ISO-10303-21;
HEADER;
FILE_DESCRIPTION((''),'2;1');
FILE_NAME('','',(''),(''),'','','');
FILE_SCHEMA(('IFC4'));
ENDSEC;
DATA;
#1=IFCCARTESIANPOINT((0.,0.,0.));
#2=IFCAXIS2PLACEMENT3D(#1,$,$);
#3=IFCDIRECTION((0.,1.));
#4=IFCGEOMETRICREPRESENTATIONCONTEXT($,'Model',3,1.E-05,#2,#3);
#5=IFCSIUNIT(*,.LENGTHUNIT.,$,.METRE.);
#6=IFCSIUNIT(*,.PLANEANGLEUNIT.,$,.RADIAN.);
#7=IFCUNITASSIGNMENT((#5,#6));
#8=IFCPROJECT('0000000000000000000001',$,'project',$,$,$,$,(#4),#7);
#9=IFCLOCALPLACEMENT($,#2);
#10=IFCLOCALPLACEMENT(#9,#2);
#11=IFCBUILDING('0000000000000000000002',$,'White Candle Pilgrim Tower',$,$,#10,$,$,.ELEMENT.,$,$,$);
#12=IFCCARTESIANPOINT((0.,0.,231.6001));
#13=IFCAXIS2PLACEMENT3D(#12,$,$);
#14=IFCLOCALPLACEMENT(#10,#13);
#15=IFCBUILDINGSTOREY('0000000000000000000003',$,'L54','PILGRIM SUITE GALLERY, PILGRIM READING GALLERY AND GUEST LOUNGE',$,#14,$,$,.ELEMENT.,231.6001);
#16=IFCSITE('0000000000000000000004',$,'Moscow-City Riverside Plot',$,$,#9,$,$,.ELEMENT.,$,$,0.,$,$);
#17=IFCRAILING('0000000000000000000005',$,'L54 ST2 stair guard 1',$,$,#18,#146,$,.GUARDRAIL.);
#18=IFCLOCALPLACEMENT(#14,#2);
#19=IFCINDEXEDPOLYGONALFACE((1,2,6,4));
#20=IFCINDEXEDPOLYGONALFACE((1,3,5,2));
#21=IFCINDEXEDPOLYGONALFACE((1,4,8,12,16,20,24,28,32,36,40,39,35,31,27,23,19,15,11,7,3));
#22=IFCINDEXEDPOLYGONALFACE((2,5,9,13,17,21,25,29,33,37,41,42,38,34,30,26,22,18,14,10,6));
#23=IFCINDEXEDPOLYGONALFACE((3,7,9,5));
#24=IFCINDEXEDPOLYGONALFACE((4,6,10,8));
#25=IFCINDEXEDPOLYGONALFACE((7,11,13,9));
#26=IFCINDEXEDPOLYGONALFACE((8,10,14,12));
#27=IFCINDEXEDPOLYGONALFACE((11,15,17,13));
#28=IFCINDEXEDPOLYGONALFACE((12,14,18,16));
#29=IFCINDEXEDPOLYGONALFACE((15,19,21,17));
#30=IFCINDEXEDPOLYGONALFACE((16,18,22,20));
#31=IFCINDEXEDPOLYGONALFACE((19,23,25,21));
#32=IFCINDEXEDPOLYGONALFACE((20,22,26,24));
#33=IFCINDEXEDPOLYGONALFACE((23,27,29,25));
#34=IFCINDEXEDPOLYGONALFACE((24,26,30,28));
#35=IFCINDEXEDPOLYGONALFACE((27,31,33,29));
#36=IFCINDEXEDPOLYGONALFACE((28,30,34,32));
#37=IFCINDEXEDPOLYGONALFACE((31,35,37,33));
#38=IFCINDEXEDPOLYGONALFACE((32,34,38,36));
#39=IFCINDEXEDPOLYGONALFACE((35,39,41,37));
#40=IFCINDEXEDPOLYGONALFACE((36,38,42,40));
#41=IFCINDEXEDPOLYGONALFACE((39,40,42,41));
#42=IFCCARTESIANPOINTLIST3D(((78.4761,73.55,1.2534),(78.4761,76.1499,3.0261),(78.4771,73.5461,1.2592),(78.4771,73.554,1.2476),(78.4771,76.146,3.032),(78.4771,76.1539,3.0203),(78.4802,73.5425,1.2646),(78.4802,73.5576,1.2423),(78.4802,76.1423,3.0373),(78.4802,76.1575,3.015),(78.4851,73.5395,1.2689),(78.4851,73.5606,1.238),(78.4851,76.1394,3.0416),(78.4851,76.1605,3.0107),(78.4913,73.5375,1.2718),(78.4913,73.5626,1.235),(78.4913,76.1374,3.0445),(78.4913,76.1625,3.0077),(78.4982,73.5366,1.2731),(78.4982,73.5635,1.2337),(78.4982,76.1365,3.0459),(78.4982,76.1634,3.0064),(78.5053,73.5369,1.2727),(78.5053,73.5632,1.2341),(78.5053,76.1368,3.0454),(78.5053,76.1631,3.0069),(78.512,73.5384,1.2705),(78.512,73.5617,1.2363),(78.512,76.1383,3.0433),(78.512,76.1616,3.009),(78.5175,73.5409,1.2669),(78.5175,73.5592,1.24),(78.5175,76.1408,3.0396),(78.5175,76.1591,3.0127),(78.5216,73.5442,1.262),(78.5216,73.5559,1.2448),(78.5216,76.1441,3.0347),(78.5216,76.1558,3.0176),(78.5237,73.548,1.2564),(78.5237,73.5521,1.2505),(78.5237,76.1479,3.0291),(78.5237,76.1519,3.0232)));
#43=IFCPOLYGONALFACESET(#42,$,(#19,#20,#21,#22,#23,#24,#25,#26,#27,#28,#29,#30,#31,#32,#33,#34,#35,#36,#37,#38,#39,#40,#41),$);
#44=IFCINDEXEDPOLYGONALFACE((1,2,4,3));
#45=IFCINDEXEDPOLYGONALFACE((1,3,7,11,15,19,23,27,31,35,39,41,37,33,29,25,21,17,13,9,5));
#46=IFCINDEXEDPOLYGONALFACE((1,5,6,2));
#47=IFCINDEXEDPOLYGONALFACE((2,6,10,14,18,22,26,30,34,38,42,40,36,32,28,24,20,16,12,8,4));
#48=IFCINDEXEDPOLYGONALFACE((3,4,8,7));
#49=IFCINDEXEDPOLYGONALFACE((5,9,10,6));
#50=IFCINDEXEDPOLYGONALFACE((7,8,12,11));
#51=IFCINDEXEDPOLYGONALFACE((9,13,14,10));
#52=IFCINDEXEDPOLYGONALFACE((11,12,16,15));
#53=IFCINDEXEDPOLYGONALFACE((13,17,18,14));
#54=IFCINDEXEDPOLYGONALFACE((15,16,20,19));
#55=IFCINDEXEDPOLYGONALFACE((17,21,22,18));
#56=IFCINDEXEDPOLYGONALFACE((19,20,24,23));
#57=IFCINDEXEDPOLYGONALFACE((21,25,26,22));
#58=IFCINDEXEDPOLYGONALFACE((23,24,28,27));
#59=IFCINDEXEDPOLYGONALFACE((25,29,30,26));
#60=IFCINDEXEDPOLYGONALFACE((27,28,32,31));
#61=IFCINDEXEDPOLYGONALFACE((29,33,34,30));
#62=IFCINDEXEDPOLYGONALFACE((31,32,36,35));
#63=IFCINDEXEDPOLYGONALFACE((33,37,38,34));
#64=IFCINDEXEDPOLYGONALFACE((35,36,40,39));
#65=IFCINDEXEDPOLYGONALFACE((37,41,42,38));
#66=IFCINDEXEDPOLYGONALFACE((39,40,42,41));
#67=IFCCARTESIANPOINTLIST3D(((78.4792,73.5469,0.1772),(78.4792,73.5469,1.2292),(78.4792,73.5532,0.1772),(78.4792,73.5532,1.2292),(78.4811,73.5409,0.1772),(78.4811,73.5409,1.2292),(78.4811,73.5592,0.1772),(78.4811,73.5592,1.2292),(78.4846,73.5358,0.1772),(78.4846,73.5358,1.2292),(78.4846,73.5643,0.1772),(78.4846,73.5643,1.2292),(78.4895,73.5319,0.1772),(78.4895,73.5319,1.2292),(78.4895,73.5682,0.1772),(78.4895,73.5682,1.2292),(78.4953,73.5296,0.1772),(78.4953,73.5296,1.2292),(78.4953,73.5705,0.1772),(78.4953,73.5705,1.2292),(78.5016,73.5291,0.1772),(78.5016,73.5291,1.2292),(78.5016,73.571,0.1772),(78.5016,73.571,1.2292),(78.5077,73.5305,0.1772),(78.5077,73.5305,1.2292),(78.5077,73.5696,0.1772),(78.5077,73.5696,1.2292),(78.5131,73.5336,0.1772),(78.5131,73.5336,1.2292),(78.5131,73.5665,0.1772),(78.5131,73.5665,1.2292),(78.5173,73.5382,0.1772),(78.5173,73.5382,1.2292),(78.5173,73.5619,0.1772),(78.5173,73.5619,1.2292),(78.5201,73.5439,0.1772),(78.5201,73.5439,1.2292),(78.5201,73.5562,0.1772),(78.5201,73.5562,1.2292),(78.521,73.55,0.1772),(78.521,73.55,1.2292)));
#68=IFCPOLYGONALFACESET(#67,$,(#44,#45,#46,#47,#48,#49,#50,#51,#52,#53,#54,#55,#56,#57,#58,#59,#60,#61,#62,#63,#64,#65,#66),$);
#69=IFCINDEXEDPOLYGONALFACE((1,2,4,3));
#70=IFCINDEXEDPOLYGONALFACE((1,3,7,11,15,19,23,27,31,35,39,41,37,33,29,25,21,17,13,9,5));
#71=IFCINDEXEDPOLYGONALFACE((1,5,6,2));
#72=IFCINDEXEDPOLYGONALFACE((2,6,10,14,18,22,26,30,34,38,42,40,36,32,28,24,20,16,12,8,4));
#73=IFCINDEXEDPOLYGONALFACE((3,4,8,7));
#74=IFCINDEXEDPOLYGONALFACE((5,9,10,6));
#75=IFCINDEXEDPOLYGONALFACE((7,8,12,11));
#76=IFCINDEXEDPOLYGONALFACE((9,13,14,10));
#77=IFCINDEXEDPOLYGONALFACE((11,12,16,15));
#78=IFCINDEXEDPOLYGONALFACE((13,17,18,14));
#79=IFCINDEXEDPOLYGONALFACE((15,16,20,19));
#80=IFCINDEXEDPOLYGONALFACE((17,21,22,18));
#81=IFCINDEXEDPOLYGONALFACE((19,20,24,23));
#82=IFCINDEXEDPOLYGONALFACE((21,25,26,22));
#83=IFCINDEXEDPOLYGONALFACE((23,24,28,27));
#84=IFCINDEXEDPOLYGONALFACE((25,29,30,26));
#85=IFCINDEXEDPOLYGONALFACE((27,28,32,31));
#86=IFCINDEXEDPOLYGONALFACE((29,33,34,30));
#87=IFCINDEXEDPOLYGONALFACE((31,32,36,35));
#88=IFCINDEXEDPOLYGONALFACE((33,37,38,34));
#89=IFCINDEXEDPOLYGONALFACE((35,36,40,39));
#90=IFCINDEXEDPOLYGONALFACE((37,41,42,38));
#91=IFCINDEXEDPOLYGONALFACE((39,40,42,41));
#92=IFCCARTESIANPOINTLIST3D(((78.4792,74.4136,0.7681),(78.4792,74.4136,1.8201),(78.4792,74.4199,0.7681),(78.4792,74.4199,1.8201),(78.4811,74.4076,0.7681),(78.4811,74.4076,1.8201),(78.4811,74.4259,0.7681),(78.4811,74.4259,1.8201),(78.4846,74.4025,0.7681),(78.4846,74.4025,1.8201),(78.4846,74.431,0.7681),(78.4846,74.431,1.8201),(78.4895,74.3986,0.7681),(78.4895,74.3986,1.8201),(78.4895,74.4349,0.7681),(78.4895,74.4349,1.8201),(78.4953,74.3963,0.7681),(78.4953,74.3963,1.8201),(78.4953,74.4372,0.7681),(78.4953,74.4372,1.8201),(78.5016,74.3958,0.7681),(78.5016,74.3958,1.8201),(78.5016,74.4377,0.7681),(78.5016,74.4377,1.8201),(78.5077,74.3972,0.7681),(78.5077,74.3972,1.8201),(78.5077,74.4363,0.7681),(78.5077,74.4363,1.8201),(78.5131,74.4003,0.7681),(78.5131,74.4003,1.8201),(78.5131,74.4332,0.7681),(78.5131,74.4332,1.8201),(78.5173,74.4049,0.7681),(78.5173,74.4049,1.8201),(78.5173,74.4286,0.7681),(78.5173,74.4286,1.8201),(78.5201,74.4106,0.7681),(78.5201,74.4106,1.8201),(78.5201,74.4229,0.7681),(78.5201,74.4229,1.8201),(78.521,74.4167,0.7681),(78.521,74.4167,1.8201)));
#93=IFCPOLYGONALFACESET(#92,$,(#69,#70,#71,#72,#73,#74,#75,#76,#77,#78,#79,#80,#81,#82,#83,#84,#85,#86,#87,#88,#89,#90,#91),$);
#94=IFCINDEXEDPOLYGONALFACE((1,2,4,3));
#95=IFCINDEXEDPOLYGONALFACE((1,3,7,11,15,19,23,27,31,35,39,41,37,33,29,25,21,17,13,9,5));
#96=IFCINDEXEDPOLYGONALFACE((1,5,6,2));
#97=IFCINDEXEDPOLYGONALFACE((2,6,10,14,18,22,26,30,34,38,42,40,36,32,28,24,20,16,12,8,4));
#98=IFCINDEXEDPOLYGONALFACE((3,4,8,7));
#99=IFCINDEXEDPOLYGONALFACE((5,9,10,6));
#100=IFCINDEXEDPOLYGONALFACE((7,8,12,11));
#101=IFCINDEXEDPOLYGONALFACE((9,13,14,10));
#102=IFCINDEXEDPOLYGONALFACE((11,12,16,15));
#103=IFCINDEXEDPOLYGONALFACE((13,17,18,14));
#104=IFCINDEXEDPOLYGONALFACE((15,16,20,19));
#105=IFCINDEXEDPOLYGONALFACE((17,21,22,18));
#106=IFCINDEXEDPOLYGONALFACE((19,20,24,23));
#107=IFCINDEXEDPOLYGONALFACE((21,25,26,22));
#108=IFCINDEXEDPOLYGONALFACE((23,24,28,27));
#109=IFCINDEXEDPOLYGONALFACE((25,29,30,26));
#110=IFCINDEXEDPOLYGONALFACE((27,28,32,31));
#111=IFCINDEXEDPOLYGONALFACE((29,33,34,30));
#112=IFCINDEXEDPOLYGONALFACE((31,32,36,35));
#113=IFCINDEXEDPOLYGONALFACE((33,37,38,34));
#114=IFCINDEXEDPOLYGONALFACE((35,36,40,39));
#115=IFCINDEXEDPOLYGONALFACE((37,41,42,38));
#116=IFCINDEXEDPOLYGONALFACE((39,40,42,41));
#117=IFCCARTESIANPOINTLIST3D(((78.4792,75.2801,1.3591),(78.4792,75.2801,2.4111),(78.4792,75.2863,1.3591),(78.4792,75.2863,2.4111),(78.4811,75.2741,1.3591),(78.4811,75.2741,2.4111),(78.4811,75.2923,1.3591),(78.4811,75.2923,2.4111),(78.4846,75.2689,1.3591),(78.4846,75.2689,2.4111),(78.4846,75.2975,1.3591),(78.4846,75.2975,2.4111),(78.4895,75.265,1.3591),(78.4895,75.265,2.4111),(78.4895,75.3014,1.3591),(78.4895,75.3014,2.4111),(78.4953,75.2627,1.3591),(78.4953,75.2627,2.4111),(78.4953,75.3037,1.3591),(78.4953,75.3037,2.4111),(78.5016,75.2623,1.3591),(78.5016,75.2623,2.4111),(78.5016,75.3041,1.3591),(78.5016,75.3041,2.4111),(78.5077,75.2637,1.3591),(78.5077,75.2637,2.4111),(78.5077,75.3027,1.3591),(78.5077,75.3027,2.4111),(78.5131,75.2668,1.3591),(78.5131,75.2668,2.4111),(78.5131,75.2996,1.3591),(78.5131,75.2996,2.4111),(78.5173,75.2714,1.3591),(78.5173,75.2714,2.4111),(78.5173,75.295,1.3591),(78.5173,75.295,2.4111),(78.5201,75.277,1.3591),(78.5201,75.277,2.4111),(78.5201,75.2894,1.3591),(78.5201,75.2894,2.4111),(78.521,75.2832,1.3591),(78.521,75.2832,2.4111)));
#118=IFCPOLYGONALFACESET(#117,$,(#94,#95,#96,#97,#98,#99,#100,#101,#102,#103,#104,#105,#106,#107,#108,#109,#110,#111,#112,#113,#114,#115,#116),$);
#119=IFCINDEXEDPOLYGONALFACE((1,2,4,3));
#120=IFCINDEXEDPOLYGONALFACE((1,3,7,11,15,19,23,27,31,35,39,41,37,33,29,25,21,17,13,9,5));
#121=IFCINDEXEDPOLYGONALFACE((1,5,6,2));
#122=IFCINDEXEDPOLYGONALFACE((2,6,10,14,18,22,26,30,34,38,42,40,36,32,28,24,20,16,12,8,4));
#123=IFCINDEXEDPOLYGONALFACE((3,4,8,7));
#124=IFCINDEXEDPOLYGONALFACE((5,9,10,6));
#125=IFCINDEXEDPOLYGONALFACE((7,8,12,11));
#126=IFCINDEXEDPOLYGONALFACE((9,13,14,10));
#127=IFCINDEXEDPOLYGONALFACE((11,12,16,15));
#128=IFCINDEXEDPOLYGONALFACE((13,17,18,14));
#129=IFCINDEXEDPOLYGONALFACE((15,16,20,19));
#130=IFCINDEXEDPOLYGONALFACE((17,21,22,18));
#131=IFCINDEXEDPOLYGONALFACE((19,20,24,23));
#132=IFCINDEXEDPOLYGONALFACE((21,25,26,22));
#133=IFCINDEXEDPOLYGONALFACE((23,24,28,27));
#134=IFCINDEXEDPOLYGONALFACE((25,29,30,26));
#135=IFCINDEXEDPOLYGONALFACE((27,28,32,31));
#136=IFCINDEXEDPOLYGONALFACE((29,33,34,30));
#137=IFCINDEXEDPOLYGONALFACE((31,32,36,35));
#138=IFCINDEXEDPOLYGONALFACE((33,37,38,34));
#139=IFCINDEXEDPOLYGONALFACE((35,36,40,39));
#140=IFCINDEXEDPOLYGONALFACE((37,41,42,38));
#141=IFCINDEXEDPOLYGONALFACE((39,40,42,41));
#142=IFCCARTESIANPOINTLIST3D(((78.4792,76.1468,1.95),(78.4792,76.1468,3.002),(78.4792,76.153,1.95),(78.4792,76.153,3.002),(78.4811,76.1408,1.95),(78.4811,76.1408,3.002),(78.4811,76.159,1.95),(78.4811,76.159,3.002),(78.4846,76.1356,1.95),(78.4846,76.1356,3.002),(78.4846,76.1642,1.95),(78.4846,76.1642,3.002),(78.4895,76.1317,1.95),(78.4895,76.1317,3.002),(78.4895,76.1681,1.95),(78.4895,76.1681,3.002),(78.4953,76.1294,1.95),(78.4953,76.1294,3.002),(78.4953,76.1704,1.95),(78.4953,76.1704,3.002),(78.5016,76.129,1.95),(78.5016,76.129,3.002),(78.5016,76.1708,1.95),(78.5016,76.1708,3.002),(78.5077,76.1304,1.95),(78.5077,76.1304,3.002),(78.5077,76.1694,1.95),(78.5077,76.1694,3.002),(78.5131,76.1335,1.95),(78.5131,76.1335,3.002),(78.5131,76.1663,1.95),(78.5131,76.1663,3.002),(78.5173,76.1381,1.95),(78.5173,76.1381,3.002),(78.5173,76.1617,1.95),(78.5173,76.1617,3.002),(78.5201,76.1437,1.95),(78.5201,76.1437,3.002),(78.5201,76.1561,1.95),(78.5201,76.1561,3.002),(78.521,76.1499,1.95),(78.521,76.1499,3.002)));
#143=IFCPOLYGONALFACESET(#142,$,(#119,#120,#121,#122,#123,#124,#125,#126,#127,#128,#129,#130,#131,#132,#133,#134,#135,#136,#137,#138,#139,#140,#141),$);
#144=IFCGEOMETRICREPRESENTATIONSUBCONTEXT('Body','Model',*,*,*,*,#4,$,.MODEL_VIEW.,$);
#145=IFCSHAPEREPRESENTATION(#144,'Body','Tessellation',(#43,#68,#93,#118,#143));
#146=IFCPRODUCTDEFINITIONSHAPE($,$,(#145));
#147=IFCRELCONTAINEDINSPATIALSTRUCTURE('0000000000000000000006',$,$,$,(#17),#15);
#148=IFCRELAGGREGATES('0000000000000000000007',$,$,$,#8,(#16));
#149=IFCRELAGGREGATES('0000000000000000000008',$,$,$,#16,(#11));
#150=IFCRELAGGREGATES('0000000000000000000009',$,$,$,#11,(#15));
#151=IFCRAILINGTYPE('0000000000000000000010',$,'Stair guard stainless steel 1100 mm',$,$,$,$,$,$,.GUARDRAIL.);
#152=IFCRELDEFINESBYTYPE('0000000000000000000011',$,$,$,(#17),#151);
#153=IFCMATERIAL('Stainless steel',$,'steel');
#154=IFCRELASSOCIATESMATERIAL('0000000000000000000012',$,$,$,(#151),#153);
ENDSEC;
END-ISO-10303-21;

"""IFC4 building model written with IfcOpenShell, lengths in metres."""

from ifc_helpers import new_model, si_unit, direction, frame, origin, origin_2d, place, context, subcontext, project, spatial, circle, extrude, material, type_object, element, save


model = new_model("IFC4")

# Units and contexts
model_context = context("Model", 3, precision=1e-05, world=origin(), true_north=direction((0.0, 1.0)))
body_context = subcontext(model_context, "Body", "Model", "MODEL_VIEW")
ifc_project = project(units=[si_unit("LENGTHUNIT", "METRE"), si_unit("PLANEANGLEUNIT", "RADIAN")], contexts=[model_context])

# Site, building, storey
site_placement = place(None, origin())
site = spatial("IfcSite", under=ifc_project, at=site_placement, Name="Moscow-City Riverside Plot", CompositionType="ELEMENT", RefElevation=0.0)
building_placement = place(site_placement, origin())
building = spatial("IfcBuilding", under=site, at=building_placement, Name="White Candle Pilgrim Tower", CompositionType="ELEMENT")
storey_placement = place(building_placement, frame((0.0, 0.0, 231.6001)))
storey = spatial("IfcBuildingStorey", under=building, at=storey_placement, Name="L54", Description="PILGRIM SUITE GALLERY, PILGRIM READING GALLERY AND GUEST LOUNGE", CompositionType="ELEMENT", Elevation=231.6001)

# Railing
ifc_material_1 = material(Name="Stainless steel", Category="steel")
railing_type_1 = type_object("IfcRailingType", Name="Stair guard stainless steel 1100 mm", PredefinedType="GUARDRAIL", material=ifc_material_1)
railing_1_placement = place(storey_placement, frame((78.5, 73.55, 0.1772)))
element("IfcRailing", 1, at=railing_1_placement, inside=storey, type_object=railing_type_1, Name="L54 ST2 stair guard 1", PredefinedType="GUARDRAIL", context=body_context, shape_type="SweptSolid", body=[
    extrude(circle(Radius=0.0239, at=origin_2d()), frame((0.0, 0.0, 1.0762), z_axis=(0.0, 0.826216, 0.563354), x_axis=(-1.0, 0.0, 0.0)), (0.0, 0.0, 1.0), 3.1467),
    extrude(circle(Radius=0.021, at=origin_2d()), origin(), (0.0, 0.0, 1.0), 1.052),
    extrude(circle(Radius=0.021, at=origin_2d()), frame((0.0, 0.8667, 0.5908)), (0.0, 0.0, 1.0), 1.052),
    extrude(circle(Radius=0.021, at=origin_2d()), frame((0.0, 1.7332, 1.1819)), (0.0, 0.0, 1.0), 1.052),
    extrude(circle(Radius=0.021, at=origin_2d()), frame((0.0, 2.5999, 1.7727)), (0.0, 0.0, 1.0), 1.052),
])

save(model, "model.ifc")
